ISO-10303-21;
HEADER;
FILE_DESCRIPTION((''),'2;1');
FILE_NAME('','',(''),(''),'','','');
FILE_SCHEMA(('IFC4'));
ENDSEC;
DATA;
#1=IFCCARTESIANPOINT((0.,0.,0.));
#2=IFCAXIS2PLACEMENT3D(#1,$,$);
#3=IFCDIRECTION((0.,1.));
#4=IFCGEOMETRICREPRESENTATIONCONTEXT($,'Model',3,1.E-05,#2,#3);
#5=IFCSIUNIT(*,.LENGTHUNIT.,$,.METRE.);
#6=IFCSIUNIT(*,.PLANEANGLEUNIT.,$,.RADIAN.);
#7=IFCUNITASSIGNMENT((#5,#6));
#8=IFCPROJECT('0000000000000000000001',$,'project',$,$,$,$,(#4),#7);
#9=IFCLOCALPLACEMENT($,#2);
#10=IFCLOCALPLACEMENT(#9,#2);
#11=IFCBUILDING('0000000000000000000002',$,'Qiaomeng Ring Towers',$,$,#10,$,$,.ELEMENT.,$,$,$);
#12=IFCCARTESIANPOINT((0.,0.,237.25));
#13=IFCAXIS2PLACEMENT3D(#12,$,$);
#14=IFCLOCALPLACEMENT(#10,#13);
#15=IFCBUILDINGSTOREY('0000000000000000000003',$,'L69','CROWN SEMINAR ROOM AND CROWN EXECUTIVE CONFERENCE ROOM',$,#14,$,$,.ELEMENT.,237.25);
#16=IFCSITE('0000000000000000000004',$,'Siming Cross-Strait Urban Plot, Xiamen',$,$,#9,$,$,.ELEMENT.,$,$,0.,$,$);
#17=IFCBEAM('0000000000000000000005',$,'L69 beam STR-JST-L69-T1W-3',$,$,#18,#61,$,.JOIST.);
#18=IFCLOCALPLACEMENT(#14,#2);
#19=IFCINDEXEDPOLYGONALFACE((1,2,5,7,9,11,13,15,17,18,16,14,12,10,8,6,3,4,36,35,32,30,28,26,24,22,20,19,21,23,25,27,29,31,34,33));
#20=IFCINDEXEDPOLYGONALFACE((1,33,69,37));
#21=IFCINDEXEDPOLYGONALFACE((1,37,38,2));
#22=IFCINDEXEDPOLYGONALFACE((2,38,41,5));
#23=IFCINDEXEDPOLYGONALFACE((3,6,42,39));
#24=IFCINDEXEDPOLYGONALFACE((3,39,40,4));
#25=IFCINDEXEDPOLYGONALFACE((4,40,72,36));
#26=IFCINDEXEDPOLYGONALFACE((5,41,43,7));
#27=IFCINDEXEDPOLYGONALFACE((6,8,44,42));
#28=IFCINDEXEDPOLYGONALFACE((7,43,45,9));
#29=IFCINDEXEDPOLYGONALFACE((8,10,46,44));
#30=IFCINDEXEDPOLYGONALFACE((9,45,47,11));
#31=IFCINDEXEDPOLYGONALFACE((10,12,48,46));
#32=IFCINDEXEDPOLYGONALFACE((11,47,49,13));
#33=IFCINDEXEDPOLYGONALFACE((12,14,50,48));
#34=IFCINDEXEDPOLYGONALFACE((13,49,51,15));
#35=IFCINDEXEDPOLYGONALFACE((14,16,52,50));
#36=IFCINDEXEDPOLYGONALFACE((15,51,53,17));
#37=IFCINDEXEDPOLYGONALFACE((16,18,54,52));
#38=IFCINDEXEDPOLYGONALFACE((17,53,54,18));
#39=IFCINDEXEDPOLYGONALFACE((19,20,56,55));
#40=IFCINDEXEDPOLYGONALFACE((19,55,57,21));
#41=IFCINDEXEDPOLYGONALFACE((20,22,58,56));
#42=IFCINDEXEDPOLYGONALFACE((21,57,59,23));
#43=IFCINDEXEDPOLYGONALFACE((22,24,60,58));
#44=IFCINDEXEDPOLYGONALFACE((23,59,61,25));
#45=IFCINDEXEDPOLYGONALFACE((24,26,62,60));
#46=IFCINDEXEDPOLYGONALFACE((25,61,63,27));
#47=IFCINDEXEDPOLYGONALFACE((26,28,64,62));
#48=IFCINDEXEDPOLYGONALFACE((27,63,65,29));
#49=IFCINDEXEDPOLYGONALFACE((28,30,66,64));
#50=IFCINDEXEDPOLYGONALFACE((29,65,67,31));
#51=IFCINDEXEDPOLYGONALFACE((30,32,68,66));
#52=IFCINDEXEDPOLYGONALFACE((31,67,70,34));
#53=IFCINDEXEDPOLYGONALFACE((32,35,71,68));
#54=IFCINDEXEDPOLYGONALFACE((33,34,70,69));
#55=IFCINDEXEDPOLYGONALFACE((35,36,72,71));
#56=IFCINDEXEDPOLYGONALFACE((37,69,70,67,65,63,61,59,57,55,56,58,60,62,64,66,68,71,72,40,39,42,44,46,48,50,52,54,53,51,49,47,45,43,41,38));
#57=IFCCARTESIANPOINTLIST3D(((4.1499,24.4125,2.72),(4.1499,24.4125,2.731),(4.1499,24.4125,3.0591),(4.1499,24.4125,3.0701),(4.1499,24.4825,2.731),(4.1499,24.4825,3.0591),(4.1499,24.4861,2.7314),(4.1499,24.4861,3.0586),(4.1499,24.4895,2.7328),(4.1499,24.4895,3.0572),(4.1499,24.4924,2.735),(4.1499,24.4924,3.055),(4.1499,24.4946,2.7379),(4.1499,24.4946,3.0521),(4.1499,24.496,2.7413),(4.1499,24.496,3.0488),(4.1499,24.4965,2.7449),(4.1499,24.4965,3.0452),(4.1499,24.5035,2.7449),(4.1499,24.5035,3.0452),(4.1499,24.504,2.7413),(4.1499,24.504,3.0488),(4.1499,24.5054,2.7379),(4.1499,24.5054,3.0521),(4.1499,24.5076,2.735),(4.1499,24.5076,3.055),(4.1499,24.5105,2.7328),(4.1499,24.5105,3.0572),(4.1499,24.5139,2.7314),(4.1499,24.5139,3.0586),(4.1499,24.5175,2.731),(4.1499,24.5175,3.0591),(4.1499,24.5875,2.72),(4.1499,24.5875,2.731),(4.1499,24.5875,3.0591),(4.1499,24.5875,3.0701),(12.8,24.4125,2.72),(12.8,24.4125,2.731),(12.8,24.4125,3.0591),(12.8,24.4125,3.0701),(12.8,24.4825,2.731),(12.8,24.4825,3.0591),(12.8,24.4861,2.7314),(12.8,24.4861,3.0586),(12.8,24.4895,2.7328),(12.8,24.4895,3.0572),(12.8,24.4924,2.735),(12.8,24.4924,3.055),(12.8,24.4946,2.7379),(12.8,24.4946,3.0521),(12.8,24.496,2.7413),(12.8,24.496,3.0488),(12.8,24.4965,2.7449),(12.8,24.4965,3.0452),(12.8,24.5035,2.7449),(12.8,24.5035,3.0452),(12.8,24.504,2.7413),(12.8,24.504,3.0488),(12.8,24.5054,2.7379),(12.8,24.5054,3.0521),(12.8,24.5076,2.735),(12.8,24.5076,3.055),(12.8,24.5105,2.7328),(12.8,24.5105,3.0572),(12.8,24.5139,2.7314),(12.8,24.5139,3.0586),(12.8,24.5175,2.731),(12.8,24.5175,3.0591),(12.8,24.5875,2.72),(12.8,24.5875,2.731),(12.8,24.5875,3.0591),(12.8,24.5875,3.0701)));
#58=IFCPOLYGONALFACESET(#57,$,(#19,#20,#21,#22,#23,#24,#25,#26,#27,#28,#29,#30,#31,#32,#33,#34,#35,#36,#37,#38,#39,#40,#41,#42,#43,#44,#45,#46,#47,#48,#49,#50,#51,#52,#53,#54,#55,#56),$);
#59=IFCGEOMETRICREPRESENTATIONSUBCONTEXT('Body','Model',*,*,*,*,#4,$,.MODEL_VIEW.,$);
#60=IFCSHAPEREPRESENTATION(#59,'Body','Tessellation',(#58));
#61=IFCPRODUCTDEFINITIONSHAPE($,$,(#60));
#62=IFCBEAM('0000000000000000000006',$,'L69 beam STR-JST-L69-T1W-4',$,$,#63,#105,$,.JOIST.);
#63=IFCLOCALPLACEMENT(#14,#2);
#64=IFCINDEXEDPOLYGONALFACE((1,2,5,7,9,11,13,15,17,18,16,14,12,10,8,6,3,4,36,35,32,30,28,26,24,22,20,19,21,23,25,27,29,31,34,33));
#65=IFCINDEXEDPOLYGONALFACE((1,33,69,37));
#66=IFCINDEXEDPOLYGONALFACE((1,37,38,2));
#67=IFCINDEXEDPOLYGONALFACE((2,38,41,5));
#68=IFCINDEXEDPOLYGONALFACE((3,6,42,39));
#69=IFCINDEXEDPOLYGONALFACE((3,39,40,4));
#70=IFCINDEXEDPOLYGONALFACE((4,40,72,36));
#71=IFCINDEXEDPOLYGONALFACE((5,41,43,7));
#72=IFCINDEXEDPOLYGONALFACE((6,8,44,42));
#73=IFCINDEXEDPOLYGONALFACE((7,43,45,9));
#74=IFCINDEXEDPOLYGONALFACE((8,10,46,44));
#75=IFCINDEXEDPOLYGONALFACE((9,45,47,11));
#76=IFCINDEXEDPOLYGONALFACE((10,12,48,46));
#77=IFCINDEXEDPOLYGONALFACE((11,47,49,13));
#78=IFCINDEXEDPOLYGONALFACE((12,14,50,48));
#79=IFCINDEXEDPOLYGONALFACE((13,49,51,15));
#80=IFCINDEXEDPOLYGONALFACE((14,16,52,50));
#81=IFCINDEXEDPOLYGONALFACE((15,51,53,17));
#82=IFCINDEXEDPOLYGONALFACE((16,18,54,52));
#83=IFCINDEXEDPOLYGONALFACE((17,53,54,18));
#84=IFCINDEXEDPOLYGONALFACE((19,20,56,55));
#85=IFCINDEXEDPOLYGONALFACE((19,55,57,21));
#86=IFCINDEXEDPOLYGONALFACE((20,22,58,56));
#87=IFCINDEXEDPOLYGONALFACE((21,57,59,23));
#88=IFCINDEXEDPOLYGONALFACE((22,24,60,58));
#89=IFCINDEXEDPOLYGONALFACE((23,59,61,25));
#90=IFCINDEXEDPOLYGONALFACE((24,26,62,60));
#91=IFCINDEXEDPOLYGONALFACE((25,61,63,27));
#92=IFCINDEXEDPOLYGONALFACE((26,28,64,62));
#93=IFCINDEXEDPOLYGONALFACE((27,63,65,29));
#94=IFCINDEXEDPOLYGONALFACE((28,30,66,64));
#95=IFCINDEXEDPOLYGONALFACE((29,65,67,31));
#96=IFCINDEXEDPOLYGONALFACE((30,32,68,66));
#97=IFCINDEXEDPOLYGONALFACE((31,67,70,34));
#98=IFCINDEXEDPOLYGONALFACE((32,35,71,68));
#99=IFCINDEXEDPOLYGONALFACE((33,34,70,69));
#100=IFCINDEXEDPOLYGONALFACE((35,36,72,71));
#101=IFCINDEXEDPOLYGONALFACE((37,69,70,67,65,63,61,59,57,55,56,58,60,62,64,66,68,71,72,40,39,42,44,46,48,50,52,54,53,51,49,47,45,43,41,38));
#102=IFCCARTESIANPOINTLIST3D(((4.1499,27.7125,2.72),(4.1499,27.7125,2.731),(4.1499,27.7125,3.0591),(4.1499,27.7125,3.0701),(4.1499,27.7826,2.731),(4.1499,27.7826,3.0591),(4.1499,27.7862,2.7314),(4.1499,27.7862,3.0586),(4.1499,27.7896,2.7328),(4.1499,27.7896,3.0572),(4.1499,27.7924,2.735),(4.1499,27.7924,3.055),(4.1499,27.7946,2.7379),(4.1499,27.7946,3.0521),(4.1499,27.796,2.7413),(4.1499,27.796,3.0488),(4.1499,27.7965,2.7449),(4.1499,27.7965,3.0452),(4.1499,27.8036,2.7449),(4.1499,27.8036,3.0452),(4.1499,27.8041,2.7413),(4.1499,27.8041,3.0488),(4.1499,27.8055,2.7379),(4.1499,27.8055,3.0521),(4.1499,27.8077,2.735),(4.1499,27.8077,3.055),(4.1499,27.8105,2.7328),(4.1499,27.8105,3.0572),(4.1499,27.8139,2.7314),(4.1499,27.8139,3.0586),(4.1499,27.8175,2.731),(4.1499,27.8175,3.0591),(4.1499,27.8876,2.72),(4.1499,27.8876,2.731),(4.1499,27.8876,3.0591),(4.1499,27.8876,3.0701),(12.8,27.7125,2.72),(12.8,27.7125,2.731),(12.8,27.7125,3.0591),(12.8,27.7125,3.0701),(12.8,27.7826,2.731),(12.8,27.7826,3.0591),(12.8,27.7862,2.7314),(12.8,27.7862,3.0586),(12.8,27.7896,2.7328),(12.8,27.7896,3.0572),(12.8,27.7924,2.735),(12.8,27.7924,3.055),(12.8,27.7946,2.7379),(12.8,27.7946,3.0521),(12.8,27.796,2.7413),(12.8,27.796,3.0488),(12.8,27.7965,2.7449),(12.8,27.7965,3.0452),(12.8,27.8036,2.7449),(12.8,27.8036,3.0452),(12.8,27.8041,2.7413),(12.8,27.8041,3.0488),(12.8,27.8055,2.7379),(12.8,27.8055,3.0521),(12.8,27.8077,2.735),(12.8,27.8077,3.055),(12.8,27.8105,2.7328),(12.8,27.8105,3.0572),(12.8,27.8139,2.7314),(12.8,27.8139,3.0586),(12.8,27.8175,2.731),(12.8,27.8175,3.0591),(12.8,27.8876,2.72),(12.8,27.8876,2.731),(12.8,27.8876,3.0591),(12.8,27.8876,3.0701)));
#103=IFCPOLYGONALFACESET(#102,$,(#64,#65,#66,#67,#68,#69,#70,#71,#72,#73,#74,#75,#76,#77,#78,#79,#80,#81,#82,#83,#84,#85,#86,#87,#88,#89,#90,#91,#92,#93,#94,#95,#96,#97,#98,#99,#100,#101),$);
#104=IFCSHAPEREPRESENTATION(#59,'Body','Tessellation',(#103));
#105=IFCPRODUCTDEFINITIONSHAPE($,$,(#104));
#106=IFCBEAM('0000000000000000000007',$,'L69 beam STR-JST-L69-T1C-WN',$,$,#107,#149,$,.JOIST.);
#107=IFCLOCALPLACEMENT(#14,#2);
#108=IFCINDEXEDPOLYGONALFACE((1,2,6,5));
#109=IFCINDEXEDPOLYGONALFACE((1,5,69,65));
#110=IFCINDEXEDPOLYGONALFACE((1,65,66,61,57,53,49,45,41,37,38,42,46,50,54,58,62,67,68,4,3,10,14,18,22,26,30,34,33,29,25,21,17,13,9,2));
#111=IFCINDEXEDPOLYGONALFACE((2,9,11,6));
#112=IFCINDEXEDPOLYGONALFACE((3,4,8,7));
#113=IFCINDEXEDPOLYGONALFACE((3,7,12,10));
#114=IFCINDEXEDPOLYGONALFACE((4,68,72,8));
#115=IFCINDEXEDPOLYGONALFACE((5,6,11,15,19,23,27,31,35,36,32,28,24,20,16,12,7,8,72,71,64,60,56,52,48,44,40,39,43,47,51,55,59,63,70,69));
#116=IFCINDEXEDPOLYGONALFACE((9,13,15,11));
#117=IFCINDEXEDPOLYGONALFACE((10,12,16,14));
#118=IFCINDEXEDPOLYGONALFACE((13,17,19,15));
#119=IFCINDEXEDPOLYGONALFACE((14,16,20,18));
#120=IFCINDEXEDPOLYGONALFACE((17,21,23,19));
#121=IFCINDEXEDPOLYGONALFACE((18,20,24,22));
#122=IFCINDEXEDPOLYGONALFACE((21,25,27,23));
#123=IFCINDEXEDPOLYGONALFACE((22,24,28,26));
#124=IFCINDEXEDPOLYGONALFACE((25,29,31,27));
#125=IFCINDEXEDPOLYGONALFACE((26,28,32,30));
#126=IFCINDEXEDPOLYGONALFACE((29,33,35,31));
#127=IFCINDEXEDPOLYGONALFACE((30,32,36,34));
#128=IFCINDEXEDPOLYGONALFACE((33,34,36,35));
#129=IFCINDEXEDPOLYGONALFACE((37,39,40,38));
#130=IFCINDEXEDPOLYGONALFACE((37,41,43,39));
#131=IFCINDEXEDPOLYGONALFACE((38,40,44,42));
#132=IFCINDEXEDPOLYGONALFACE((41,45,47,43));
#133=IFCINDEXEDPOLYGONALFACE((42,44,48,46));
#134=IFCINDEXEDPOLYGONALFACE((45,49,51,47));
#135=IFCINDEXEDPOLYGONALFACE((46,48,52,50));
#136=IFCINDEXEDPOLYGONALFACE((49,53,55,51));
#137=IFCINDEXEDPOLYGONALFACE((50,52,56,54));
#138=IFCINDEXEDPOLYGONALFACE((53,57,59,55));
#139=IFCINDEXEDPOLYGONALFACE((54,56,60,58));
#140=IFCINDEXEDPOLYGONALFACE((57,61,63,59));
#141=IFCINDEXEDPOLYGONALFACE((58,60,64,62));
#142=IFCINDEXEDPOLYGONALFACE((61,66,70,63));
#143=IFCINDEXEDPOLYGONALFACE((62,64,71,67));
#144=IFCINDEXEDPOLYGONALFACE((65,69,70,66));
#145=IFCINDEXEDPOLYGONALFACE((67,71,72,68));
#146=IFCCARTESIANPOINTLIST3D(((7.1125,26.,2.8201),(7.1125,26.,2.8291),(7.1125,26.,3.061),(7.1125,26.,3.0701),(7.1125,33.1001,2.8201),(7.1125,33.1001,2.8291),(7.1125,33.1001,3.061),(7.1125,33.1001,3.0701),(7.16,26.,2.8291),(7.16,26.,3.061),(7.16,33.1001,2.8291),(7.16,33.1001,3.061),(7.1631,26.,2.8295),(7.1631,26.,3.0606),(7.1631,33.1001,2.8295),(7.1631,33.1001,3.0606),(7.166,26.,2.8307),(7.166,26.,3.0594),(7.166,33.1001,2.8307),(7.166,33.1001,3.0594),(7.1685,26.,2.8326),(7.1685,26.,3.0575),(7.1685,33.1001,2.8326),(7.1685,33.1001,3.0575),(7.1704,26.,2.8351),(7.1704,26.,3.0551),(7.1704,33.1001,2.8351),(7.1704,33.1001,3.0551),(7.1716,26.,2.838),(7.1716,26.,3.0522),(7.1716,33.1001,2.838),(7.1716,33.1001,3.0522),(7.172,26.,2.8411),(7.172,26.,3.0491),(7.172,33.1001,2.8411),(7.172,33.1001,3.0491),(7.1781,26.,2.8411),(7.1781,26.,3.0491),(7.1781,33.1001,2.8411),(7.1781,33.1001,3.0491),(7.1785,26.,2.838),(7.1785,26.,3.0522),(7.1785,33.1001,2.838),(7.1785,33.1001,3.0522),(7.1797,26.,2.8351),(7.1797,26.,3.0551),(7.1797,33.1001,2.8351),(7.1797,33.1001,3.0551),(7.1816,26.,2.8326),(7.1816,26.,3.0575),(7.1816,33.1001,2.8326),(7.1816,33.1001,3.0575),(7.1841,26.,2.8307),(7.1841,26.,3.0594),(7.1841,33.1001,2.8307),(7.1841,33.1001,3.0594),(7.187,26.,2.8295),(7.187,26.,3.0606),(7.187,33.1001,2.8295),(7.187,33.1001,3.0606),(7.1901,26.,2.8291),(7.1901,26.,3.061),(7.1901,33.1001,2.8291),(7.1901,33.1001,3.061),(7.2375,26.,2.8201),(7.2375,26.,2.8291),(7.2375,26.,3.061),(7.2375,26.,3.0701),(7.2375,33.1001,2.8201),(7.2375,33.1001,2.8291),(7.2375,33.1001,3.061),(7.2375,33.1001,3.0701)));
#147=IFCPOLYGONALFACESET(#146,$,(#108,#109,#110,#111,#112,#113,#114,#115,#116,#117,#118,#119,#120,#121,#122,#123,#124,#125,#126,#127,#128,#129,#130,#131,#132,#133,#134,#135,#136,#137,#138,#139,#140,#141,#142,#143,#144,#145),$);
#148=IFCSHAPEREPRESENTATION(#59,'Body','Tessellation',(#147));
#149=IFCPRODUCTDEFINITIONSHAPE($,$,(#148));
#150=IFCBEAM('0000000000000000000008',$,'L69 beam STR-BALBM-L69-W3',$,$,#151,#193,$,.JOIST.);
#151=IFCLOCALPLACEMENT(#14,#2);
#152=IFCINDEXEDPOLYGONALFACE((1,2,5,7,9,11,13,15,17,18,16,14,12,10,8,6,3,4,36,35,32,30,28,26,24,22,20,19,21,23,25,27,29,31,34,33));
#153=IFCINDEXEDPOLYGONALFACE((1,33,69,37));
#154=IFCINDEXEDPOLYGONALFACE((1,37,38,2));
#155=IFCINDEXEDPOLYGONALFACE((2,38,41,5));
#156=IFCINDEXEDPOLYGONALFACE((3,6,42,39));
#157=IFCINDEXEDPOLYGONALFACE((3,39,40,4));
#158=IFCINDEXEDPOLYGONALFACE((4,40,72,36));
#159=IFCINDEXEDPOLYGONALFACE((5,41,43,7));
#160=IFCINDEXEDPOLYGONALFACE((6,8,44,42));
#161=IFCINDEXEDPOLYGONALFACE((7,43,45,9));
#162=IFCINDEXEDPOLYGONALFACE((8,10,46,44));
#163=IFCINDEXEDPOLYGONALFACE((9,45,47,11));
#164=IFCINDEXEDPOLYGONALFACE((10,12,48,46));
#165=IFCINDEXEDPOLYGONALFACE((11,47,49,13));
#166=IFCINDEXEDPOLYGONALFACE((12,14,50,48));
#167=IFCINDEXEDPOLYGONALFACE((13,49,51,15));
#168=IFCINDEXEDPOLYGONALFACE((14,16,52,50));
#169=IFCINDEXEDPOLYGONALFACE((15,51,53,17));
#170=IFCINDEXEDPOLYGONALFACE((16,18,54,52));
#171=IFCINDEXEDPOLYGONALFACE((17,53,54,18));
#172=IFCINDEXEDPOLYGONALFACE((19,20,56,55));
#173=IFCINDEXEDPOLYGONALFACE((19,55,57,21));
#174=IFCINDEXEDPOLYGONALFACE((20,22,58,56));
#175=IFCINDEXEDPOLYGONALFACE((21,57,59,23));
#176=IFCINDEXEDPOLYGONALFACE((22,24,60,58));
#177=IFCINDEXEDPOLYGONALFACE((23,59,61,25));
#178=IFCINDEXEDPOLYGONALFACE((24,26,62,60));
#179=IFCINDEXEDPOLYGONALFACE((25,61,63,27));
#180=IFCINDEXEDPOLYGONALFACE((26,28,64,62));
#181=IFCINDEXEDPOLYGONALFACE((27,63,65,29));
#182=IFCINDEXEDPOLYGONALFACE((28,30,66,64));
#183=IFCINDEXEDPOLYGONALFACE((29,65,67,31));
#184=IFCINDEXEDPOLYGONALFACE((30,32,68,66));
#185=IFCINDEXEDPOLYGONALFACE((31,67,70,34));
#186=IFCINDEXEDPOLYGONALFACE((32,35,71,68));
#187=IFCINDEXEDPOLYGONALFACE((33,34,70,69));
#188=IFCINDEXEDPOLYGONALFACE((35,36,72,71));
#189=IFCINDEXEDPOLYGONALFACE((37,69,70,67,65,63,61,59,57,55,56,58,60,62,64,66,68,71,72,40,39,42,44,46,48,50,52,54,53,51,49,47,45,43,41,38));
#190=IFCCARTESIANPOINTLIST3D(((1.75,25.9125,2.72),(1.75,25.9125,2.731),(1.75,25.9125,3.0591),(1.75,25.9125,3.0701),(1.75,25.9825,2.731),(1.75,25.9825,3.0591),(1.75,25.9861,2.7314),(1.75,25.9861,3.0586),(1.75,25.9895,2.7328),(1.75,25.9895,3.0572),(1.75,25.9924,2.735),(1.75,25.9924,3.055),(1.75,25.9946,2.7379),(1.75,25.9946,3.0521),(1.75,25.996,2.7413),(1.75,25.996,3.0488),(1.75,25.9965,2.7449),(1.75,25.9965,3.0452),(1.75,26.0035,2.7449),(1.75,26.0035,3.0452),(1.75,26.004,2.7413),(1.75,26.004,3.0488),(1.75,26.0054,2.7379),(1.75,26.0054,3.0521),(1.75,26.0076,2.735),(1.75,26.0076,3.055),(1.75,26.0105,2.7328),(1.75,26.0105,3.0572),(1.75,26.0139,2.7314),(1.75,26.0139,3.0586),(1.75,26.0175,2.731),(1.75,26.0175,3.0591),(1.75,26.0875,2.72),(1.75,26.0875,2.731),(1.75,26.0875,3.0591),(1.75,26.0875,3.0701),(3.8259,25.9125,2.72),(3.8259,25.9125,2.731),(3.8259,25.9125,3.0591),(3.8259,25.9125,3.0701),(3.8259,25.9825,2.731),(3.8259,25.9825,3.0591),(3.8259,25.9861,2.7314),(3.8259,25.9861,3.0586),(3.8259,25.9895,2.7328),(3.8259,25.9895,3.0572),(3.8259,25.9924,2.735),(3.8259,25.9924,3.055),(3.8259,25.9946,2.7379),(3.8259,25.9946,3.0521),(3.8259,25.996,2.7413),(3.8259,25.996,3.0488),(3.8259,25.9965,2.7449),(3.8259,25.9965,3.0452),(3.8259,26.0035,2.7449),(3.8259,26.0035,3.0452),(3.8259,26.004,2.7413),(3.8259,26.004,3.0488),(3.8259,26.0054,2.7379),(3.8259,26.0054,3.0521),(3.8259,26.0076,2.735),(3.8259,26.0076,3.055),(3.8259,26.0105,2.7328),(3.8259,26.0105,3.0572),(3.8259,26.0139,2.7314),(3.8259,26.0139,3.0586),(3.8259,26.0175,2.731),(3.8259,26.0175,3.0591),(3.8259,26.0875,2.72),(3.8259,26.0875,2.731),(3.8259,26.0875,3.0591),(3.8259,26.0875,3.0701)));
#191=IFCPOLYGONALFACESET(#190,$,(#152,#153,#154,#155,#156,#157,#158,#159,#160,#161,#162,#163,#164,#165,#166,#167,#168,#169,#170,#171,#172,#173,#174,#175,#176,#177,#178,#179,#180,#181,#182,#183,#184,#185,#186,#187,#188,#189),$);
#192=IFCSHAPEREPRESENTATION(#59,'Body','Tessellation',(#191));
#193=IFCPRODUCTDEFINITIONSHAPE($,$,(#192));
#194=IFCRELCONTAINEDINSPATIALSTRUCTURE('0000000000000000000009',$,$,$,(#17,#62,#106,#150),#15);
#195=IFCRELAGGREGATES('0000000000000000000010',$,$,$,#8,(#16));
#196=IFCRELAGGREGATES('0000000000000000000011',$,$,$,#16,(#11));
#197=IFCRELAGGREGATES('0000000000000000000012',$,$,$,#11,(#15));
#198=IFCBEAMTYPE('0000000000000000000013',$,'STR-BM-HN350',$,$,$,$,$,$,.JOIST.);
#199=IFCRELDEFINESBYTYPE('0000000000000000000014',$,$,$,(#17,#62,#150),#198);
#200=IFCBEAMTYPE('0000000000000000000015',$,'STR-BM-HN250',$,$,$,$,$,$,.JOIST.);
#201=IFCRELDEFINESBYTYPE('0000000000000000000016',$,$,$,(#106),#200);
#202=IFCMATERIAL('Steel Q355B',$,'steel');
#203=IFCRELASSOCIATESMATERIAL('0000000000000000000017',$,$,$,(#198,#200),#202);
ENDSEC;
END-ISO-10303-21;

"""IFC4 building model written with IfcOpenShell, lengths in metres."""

from ifc_helpers import new_model, si_unit, direction, frame, origin, origin_2d, place, context, subcontext, project, spatial, i_section, extrude, source, transform, mapped, material, material_profile, profile_set, type_object, element, save


model = new_model("IFC4")

# Units and contexts
model_context = context("Model", 3, precision=1e-05, world=origin(), true_north=direction((0.0, 1.0)))
body_context = subcontext(model_context, "Body", "Model", "MODEL_VIEW")
ifc_project = project(units=[si_unit("LENGTHUNIT", "METRE"), si_unit("PLANEANGLEUNIT", "RADIAN")], contexts=[model_context])

# Site, building, storey
site_placement = place(None, origin())
site = spatial("IfcSite", under=ifc_project, at=site_placement, Name="Siming Cross-Strait Urban Plot, Xiamen", CompositionType="ELEMENT", RefElevation=0.0)
building_placement = place(site_placement, origin())
building = spatial("IfcBuilding", under=site, at=building_placement, Name="Qiaomeng Ring Towers", CompositionType="ELEMENT")
storey_placement = place(building_placement, frame((0.0, 0.0, 237.25)))
storey = spatial("IfcBuildingStorey", under=building, at=storey_placement, Name="L69", Description="CROWN SEMINAR ROOM AND CROWN EXECUTIVE CONFERENCE ROOM", CompositionType="ELEMENT", Elevation=237.25)

# Beams
ifc_material_1 = material(Name="Steel Q355B", Category="steel")
ifc_material_profile_1 = material_profile(ifc_material_1, i_section(OverallWidth=0.175, OverallDepth=0.3501, WebThickness=0.0071, FlangeThickness=0.011, FilletRadius=0.0139, at=origin_2d()), Name="HN 350x175x7x11")
ifc_profile_set_1 = profile_set([ifc_material_profile_1], Name="Steel Q355B")
beam_type_1 = type_object("IfcBeamType", Name="STR-BM-HN350", PredefinedType="JOIST", material=ifc_profile_set_1)
shared_shape_1 = source(origin(), body_context, "Body", "SweptSolid", [
    extrude(i_section(OverallWidth=0.175, OverallDepth=0.3501, WebThickness=0.0071, FlangeThickness=0.011, FilletRadius=0.0139, at=origin_2d()), origin(), (0.0, 0.0, 1.0), 8.6501),
])
for number, where, z_axis, x_axis, name in (
    (1, (4.1499, 24.5, 2.895), (1.0, 0.0, 0.0), (0.0, 1.0, 0.0), "L69 beam STR-JST-L69-T1W-3"),
    (2, (4.1499, 27.8, 2.895), (1.0, 0.0, 0.0), (0.0, 1.0, 0.0), "L69 beam STR-JST-L69-T1W-4"),
):
    element("IfcBeam", number, at=place(storey_placement, frame(where, z_axis=z_axis, x_axis=x_axis)), inside=storey, type_object=beam_type_1, Name=name, PredefinedType="JOIST", context=body_context, shape_type="MappedRepresentation", body=[
        mapped(shared_shape_1, transform((0.0, 0.0, 0.0), x_axis=(1.0, 0.0, 0.0), y_axis=(0.0, 1.0, 0.0), z_axis=(0.0, 0.0, 1.0), scale=1.0)),
    ])
ifc_material_profile_2 = material_profile(ifc_material_1, i_section(OverallWidth=0.125, OverallDepth=0.25, WebThickness=0.0061, FlangeThickness=0.009, FilletRadius=0.012, at=origin_2d()), Name="HN 250x125x6x9")
ifc_profile_set_2 = profile_set([ifc_material_profile_2], Name="Steel Q355B")
beam_type_2 = type_object("IfcBeamType", Name="STR-BM-HN250", PredefinedType="JOIST", material=ifc_profile_set_2)
shared_shape_2 = source(origin(), body_context, "Body", "SweptSolid", [
    extrude(i_section(OverallWidth=0.125, OverallDepth=0.25, WebThickness=0.0061, FlangeThickness=0.009, FilletRadius=0.012, at=origin_2d()), origin(), (0.0, 0.0, 1.0), 7.1001),
])
beam_1_placement = place(storey_placement, frame((7.175, 26.0, 2.9451), z_axis=(0.0, 1.0, 0.0), x_axis=(-1.0, 0.0, 0.0)))
element("IfcBeam", 3, at=beam_1_placement, inside=storey, type_object=beam_type_2, Name="L69 beam STR-JST-L69-T1C-WN", PredefinedType="JOIST", context=body_context, shape_type="MappedRepresentation", body=[
    mapped(shared_shape_2, transform((0.0, 0.0, 0.0), x_axis=(1.0, 0.0, 0.0), y_axis=(0.0, 1.0, 0.0), z_axis=(0.0, 0.0, 1.0), scale=1.0)),
])
shared_shape_3 = source(origin(), body_context, "Body", "SweptSolid", [
    extrude(i_section(OverallWidth=0.175, OverallDepth=0.3501, WebThickness=0.0071, FlangeThickness=0.011, FilletRadius=0.0139, at=origin_2d()), origin(), (0.0, 0.0, 1.0), 2.0759),
])
beam_2_placement = place(storey_placement, frame((1.75, 26.0, 2.895), z_axis=(1.0, 0.0, 0.0), x_axis=(0.0, 1.0, 0.0)))
element("IfcBeam", 4, at=beam_2_placement, inside=storey, type_object=beam_type_1, Name="L69 beam STR-BALBM-L69-W3", PredefinedType="JOIST", context=body_context, shape_type="MappedRepresentation", body=[
    mapped(shared_shape_3, transform((0.0, 0.0, 0.0), x_axis=(1.0, 0.0, 0.0), y_axis=(0.0, 1.0, 0.0), z_axis=(0.0, 0.0, 1.0), scale=1.0)),
])

save(model, "model.ifc")
